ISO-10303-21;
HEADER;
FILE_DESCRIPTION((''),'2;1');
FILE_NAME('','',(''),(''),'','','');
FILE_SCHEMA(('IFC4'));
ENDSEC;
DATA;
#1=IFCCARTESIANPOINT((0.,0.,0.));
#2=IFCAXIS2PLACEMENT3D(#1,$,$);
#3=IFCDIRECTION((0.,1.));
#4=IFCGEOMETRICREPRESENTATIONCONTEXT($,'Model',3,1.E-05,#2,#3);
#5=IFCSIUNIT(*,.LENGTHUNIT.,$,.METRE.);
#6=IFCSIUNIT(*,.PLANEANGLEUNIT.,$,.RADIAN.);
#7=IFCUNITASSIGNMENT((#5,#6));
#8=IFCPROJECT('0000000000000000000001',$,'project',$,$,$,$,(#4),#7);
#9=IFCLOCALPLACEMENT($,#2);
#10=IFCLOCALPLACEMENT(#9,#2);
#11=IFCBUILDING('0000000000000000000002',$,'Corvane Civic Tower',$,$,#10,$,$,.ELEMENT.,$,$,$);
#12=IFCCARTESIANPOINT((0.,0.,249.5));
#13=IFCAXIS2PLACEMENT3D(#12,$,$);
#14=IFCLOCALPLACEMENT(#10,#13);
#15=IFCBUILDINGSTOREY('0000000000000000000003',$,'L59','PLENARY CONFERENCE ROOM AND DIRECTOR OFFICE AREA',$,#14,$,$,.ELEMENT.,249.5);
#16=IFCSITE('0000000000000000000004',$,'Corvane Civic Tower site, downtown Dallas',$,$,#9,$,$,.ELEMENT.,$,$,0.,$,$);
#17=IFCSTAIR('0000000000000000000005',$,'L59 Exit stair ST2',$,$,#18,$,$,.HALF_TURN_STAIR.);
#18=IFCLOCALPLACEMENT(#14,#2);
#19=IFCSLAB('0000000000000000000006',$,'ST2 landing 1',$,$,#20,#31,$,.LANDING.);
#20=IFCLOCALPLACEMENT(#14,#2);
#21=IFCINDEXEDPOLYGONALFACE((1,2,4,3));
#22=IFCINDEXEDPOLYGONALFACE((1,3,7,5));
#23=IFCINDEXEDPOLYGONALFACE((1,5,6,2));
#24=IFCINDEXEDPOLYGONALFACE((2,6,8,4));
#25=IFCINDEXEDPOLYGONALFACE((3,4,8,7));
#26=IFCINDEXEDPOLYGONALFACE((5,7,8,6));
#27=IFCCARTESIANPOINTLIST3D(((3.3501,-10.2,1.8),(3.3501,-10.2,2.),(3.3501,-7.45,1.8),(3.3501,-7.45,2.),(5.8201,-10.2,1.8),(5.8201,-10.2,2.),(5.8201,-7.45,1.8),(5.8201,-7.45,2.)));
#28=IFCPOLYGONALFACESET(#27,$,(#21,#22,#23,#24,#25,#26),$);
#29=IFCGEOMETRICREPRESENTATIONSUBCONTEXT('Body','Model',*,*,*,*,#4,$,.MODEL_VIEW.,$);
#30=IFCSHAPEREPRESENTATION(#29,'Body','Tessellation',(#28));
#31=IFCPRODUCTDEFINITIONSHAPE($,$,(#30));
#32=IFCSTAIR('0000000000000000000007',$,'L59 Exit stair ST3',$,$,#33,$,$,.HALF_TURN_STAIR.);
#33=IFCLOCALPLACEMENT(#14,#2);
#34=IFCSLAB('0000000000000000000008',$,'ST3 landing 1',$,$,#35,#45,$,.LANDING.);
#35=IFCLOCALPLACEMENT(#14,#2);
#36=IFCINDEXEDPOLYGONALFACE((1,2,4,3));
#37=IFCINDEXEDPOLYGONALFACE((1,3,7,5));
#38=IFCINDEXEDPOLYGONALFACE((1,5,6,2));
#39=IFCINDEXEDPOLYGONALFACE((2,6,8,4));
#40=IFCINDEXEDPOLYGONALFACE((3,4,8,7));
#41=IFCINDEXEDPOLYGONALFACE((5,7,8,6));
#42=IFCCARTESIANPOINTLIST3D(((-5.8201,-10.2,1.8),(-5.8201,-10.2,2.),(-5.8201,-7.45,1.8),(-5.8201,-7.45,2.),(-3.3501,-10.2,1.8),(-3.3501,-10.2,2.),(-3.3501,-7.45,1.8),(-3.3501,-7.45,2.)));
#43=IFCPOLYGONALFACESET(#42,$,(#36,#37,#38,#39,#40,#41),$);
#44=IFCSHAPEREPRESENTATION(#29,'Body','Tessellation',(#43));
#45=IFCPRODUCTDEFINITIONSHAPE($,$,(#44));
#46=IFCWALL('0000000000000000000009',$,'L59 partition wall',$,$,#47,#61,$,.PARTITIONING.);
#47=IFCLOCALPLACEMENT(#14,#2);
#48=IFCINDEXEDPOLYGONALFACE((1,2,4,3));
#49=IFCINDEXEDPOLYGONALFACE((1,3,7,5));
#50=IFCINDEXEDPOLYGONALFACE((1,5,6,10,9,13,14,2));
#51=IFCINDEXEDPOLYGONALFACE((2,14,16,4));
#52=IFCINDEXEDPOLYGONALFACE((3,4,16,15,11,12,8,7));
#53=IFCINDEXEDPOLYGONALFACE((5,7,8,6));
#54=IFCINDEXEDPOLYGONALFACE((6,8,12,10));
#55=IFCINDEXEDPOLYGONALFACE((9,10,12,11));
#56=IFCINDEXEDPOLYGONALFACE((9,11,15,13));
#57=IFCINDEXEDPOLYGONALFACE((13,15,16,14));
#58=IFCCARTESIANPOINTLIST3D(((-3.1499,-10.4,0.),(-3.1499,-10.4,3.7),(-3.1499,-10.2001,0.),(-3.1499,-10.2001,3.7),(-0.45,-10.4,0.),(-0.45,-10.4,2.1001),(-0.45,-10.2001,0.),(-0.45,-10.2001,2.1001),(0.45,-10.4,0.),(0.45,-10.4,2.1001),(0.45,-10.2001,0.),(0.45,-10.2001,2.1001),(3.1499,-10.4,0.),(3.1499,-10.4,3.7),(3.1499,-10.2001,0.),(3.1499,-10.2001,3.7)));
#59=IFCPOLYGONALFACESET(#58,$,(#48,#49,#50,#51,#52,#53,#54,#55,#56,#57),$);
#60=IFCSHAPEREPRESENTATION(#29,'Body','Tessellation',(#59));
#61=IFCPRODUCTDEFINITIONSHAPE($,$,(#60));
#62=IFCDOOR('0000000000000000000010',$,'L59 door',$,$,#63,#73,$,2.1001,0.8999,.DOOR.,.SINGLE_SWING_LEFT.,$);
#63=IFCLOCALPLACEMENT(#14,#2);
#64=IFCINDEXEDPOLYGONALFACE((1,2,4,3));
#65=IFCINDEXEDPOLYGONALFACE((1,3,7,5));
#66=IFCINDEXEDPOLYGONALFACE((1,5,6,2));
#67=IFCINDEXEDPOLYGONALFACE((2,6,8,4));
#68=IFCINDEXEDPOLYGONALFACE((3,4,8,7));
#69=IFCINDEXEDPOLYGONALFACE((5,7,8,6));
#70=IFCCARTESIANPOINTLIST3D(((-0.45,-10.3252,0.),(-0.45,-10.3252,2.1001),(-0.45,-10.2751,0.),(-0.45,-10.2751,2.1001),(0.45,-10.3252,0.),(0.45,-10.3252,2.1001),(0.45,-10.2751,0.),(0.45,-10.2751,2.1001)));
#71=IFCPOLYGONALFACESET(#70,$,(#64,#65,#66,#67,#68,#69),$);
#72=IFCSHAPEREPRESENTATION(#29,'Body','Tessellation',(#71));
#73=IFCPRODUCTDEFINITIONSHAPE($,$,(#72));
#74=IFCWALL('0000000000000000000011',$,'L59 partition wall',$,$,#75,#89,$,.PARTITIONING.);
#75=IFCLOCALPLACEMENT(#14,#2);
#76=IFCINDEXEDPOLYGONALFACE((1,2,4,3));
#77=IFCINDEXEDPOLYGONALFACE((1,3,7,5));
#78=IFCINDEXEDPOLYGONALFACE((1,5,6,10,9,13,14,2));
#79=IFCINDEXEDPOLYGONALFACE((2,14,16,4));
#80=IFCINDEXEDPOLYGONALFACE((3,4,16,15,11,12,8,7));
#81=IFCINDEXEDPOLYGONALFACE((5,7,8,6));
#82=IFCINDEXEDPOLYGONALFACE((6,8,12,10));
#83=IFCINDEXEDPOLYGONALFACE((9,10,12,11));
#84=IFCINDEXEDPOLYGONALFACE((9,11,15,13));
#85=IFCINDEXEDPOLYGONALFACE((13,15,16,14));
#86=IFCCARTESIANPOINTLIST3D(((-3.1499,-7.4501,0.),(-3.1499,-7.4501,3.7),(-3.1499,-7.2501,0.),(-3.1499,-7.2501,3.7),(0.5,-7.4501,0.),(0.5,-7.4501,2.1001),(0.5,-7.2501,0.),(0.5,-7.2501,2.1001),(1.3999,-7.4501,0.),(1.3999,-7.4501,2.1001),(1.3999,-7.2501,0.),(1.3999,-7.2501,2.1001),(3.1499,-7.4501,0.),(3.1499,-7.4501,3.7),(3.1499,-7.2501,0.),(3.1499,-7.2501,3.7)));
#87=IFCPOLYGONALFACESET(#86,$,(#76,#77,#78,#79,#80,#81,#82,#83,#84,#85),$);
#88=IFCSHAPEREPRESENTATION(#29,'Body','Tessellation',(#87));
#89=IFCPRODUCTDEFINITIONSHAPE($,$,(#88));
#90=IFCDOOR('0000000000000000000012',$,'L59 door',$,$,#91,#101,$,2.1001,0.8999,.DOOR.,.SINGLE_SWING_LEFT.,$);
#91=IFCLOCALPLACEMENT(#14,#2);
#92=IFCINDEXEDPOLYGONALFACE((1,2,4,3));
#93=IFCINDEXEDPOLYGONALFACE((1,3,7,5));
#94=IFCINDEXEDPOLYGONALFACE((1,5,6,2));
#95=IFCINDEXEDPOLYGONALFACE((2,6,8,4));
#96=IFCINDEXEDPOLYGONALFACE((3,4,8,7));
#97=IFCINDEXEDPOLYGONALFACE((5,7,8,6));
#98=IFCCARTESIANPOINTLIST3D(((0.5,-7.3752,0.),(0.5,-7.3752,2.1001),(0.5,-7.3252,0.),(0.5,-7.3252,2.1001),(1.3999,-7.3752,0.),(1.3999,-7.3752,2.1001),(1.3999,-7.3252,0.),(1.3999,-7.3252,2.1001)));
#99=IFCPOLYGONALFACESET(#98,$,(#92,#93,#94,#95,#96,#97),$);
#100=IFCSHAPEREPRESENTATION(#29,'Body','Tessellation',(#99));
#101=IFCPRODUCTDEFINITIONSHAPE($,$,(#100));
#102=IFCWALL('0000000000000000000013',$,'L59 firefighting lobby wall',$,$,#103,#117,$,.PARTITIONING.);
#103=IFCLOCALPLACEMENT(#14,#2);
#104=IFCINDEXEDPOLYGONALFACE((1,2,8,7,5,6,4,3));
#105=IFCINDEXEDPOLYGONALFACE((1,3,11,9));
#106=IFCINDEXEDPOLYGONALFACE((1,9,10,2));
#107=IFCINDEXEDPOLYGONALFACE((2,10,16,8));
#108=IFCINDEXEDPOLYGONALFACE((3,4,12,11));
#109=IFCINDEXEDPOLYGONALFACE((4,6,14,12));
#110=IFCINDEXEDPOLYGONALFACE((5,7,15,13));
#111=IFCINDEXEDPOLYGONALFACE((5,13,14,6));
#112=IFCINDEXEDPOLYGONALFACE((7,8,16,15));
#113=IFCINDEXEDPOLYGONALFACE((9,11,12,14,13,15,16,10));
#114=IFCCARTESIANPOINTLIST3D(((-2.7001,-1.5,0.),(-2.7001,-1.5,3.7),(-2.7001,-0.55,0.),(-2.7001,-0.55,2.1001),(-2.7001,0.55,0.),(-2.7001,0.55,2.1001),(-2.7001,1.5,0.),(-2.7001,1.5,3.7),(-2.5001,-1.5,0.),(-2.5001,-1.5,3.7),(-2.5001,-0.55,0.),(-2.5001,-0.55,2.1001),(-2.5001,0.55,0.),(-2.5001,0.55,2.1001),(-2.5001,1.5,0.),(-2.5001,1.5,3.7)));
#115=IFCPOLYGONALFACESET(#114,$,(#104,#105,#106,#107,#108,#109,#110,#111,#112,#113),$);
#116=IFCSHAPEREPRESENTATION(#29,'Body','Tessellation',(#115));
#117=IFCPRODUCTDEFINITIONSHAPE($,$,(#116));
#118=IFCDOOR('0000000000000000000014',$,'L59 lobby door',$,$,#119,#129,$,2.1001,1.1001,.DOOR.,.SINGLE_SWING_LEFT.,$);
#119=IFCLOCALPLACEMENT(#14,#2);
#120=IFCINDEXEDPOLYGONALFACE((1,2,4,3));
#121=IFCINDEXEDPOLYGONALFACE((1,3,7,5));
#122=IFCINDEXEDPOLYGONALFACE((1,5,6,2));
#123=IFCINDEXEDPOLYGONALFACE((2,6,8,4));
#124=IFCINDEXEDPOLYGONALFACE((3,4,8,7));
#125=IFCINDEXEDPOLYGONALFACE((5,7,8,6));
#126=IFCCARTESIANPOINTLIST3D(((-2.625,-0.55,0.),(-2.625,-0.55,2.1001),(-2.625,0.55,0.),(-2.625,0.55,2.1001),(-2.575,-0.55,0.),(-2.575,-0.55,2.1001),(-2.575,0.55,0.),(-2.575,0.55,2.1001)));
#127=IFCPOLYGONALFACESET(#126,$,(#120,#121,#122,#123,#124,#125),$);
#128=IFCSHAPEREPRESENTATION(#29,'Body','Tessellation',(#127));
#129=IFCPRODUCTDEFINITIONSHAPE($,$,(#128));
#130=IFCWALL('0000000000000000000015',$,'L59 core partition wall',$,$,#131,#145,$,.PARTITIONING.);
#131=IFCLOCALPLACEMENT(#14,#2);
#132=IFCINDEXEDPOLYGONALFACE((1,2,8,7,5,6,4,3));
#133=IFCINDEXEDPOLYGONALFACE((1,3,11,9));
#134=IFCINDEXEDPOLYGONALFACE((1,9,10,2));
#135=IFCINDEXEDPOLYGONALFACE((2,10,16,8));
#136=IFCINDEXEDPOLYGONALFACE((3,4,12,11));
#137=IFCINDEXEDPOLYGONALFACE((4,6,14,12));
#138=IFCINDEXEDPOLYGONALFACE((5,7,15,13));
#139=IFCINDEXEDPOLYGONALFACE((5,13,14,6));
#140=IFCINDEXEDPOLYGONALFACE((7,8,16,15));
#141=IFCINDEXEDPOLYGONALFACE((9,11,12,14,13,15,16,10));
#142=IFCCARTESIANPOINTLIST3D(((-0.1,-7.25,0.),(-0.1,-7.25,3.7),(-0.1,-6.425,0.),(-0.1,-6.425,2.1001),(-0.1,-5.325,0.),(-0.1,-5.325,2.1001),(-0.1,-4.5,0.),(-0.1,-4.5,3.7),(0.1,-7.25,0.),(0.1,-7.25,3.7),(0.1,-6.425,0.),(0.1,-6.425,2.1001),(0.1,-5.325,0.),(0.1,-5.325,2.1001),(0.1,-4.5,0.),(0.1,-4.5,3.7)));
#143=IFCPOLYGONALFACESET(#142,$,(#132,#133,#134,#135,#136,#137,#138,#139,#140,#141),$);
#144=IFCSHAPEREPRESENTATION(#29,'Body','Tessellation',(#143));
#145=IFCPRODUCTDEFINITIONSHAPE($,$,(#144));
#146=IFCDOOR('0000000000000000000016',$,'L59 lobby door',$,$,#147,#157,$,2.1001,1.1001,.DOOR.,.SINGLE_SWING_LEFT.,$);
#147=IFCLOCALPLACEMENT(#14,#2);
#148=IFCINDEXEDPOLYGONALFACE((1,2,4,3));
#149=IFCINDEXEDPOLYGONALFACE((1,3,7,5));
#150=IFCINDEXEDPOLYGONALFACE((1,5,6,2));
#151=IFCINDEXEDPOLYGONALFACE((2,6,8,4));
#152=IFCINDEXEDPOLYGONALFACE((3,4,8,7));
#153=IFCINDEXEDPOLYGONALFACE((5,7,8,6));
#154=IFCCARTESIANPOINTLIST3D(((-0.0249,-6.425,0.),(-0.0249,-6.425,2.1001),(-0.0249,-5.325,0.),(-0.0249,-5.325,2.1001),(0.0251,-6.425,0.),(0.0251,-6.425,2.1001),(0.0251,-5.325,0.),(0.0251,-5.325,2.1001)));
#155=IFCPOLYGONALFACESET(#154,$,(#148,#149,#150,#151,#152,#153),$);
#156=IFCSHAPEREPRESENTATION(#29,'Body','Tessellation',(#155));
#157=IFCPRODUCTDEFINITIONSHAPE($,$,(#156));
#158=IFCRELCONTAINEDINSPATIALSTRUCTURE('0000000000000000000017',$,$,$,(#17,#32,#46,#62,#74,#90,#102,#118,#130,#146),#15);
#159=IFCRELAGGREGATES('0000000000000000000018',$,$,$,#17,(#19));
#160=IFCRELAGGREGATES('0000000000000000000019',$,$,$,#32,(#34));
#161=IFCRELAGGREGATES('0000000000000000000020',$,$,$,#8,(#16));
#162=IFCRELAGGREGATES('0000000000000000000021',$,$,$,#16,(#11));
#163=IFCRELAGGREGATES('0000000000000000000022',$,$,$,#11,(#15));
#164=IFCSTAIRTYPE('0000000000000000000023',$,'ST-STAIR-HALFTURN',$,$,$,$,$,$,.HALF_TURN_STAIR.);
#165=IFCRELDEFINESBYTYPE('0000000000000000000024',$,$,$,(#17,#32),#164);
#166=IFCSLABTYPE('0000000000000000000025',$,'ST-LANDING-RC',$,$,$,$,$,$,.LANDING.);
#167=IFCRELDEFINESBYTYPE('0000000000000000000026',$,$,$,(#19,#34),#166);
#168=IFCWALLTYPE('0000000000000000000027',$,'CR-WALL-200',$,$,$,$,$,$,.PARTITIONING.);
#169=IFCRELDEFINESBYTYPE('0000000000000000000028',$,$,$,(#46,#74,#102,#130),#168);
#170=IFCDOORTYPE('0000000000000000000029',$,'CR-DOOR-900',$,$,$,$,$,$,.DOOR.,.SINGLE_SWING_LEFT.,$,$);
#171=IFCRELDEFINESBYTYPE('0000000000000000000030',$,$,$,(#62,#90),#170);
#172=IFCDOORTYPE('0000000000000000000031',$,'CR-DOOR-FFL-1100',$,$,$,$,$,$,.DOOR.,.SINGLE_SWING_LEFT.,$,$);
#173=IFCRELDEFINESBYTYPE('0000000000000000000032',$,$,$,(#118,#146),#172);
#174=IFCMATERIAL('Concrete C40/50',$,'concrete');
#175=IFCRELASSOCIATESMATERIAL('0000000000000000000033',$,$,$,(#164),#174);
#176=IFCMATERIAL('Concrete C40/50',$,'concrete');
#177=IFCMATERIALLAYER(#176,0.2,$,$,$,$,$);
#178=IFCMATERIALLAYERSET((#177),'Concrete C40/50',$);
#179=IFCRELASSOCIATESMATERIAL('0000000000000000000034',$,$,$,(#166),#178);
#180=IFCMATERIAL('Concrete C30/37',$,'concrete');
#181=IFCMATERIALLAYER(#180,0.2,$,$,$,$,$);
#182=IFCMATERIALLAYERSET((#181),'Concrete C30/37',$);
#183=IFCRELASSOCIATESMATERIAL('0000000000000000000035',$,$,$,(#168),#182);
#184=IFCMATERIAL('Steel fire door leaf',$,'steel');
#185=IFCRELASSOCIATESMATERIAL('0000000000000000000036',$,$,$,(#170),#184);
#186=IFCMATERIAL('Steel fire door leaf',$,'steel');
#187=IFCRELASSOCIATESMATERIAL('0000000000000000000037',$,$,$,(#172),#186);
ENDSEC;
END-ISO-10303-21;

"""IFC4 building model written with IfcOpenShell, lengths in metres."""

from ifc_helpers import new_model, si_unit, direction, frame, frame_2d, origin, place, context, subcontext, project, spatial, polyline, rectangle, outline, extrude, material, layer, layer_set, type_object, element, fill, aggregate, save


model = new_model("IFC4")

# Units and contexts
model_context = context("Model", 3, precision=1e-05, world=origin(), true_north=direction((0.0, 1.0)))
body_context = subcontext(model_context, "Body", "Model", "MODEL_VIEW")
ifc_project = project(units=[si_unit("LENGTHUNIT", "METRE"), si_unit("PLANEANGLEUNIT", "RADIAN")], contexts=[model_context])

# Site, building, storey
site_placement = place(None, origin())
site = spatial("IfcSite", under=ifc_project, at=site_placement, Name="Corvane Civic Tower site, downtown Dallas", CompositionType="ELEMENT", RefElevation=0.0)
building_placement = place(site_placement, origin())
building = spatial("IfcBuilding", under=site, at=building_placement, Name="Corvane Civic Tower", CompositionType="ELEMENT")
storey_placement = place(building_placement, frame((0.0, 0.0, 249.5)))
storey = spatial("IfcBuildingStorey", under=building, at=storey_placement, Name="L59", Description="PLENARY CONFERENCE ROOM AND DIRECTOR OFFICE AREA", CompositionType="ELEMENT", Elevation=249.5)

# Stairs, slabs
ifc_material_1 = material(Name="Concrete C40/50", Category="concrete")
stair_type = type_object("IfcStairType", Name="ST-STAIR-HALFTURN", PredefinedType="HALF_TURN_STAIR", material=ifc_material_1)
ifc_material_2 = material(Name="Concrete C40/50", Category="concrete")
ifc_layer_1 = layer(ifc_material_2, 0.2)
ifc_layer_set_1 = layer_set([ifc_layer_1], Name="Concrete C40/50")
slab_type_1 = type_object("IfcSlabType", Name="ST-LANDING-RC", PredefinedType="LANDING", material=ifc_layer_set_1)
stair_1_placement = place(storey_placement, origin())
stair_1 = element("IfcStair", 1, at=stair_1_placement, inside=storey, type_object=stair_type, Name="L59 Exit stair ST2", PredefinedType="HALF_TURN_STAIR")
slab_1_placement = place(storey_placement, frame((0.0, 0.0, 1.8)))
slab_1 = element("IfcSlab", 2, at=slab_1_placement, type_object=slab_type_1, Name="ST2 landing 1", PredefinedType="LANDING", context=body_context, shape_type="SweptSolid", body=[
    extrude(outline(polyline([(5.8201, -7.45), (3.3501, -7.45), (3.3501, -10.2), (5.8201, -10.2), (5.8201, -7.45)])), origin(), (0.0, 0.0, 1.0), 0.2),
])
aggregate(stair_1, [slab_1])
stair_2_placement = place(storey_placement, origin())
stair_2 = element("IfcStair", 3, at=stair_2_placement, inside=storey, type_object=stair_type, Name="L59 Exit stair ST3", PredefinedType="HALF_TURN_STAIR")
slab_2_placement = place(storey_placement, frame((0.0, 0.0, 1.8)))
slab_2 = element("IfcSlab", 4, at=slab_2_placement, type_object=slab_type_1, Name="ST3 landing 1", PredefinedType="LANDING", context=body_context, shape_type="SweptSolid", body=[
    extrude(outline(polyline([(-5.8201, -10.2), (-3.3501, -10.2), (-3.3501, -7.45), (-5.8201, -7.45), (-5.8201, -10.2)])), origin(), (0.0, 0.0, 1.0), 0.2),
])

# Walls, openings, doors
ifc_material_3 = material(Name="Concrete C30/37", Category="concrete")
ifc_layer_2 = layer(ifc_material_3, 0.2)
ifc_layer_set_2 = layer_set([ifc_layer_2], Name="Concrete C30/37")
wall_type = type_object("IfcWallType", Name="CR-WALL-200", PredefinedType="PARTITIONING", material=ifc_layer_set_2)
wall_1_placement = place(storey_placement, frame((-3.1499, -10.3, 0.0), z_axis=(0.0, 0.0, 1.0), x_axis=(1.0, 0.0, 0.0)))
wall_1 = element("IfcWall", 5, at=wall_1_placement, inside=storey, type_object=wall_type, Name="L59 partition wall", PredefinedType="PARTITIONING", context=body_context, shape_type="SweptSolid", body=[
    extrude(rectangle(XDim=6.2998, YDim=0.2, at=frame_2d((3.1499, 0.0))), origin(), (0.0, 0.0, 1.0), 3.7),
])
opening_1_placement = place(wall_1_placement, frame((2.7, 0.0, 0.0)))
opening_1 = element("IfcOpeningElement", 6, at=opening_1_placement, cuts=wall_1, PredefinedType="OPENING", context=body_context, shape_type="SweptSolid", body=[
    extrude(rectangle(XDim=0.8999, YDim=2.1001, at=frame_2d((0.45, 1.05))), frame((0.0, 0.1099, 0.0), z_axis=(0.0, -1.0, 0.0), x_axis=(1.0, 0.0, 0.0)), (0.0, 0.0, 1.0), 0.22),
])
ifc_material_4 = material(Name="Steel fire door leaf", Category="steel")
door_type_1 = type_object("IfcDoorType", Name="CR-DOOR-900", OperationType="SINGLE_SWING_LEFT", PredefinedType="DOOR", material=ifc_material_4)
door_1_placement = place(opening_1_placement, origin())
door_1 = element("IfcDoor", 7, at=door_1_placement, inside=storey, type_object=door_type_1, Name="L59 door", OperationType="SINGLE_SWING_LEFT", OverallHeight=2.1001, OverallWidth=0.8999, PredefinedType="DOOR", context=body_context, shape_type="SweptSolid", body=[
    extrude(rectangle(XDim=0.8999, YDim=2.1001, at=frame_2d((0.45, 1.05))), frame((0.0, 0.0249, 0.0), z_axis=(0.0, -1.0, 0.0), x_axis=(1.0, 0.0, 0.0)), (0.0, 0.0, 1.0), 0.05),
])
fill(opening_1, door_1)
wall_2_placement = place(storey_placement, frame((-3.1499, -7.3501, 0.0), z_axis=(0.0, 0.0, 1.0), x_axis=(1.0, 0.0, 0.0)))
wall_2 = element("IfcWall", 8, at=wall_2_placement, inside=storey, type_object=wall_type, Name="L59 partition wall", PredefinedType="PARTITIONING", context=body_context, shape_type="SweptSolid", body=[
    extrude(rectangle(XDim=6.2998, YDim=0.2, at=frame_2d((3.1499, 0.0))), origin(), (0.0, 0.0, 1.0), 3.7),
])
opening_2_placement = place(wall_2_placement, frame((3.6499, 0.0, 0.0)))
opening_2 = element("IfcOpeningElement", 9, at=opening_2_placement, cuts=wall_2, PredefinedType="OPENING", context=body_context, shape_type="SweptSolid", body=[
    extrude(rectangle(XDim=0.8999, YDim=2.1001, at=frame_2d((0.45, 1.05))), frame((0.0, 0.1099, 0.0), z_axis=(0.0, -1.0, 0.0), x_axis=(1.0, 0.0, 0.0)), (0.0, 0.0, 1.0), 0.22),
])
door_2_placement = place(opening_2_placement, origin())
door_2 = element("IfcDoor", 10, at=door_2_placement, inside=storey, type_object=door_type_1, Name="L59 door", OperationType="SINGLE_SWING_LEFT", OverallHeight=2.1001, OverallWidth=0.8999, PredefinedType="DOOR", context=body_context, shape_type="SweptSolid", body=[
    extrude(rectangle(XDim=0.8999, YDim=2.1001, at=frame_2d((0.45, 1.05))), frame((0.0, 0.0249, 0.0), z_axis=(0.0, -1.0, 0.0), x_axis=(1.0, 0.0, 0.0)), (0.0, 0.0, 1.0), 0.05),
])
fill(opening_2, door_2)
wall_3_placement = place(storey_placement, frame((-2.6001, -1.5, 0.0), z_axis=(0.0, 0.0, 1.0), x_axis=(0.0, 1.0, 0.0)))
wall_3 = element("IfcWall", 11, at=wall_3_placement, inside=storey, type_object=wall_type, Name="L59 firefighting lobby wall", PredefinedType="PARTITIONING", context=body_context, shape_type="SweptSolid", body=[
    extrude(rectangle(XDim=3.0, YDim=0.2, at=frame_2d((1.5, 0.0))), origin(), (0.0, 0.0, 1.0), 3.7),
])
opening_3_placement = place(wall_3_placement, frame((0.95, 0.0, 0.0)))
opening_3 = element("IfcOpeningElement", 12, at=opening_3_placement, cuts=wall_3, PredefinedType="OPENING", context=body_context, shape_type="SweptSolid", body=[
    extrude(rectangle(XDim=1.1001, YDim=2.1001, at=frame_2d((0.55, 1.05))), frame((0.0, 0.1099, 0.0), z_axis=(0.0, -1.0, 0.0), x_axis=(1.0, 0.0, 0.0)), (0.0, 0.0, 1.0), 0.22),
])
ifc_material_5 = material(Name="Steel fire door leaf", Category="steel")
door_type_2 = type_object("IfcDoorType", Name="CR-DOOR-FFL-1100", OperationType="SINGLE_SWING_LEFT", PredefinedType="DOOR", material=ifc_material_5)
door_3_placement = place(opening_3_placement, origin())
door_3 = element("IfcDoor", 13, at=door_3_placement, inside=storey, type_object=door_type_2, Name="L59 lobby door", OperationType="SINGLE_SWING_LEFT", OverallHeight=2.1001, OverallWidth=1.1001, PredefinedType="DOOR", context=body_context, shape_type="SweptSolid", body=[
    extrude(rectangle(XDim=1.1001, YDim=2.1001, at=frame_2d((0.55, 1.05))), frame((0.0, 0.0249, 0.0), z_axis=(0.0, -1.0, 0.0), x_axis=(1.0, 0.0, 0.0)), (0.0, 0.0, 1.0), 0.05),
])
fill(opening_3, door_3)
wall_4_placement = place(storey_placement, frame((0.0, -7.25, 0.0), z_axis=(0.0, 0.0, 1.0), x_axis=(0.0, 1.0, 0.0)))
wall_4 = element("IfcWall", 14, at=wall_4_placement, inside=storey, type_object=wall_type, Name="L59 core partition wall", PredefinedType="PARTITIONING", context=body_context, shape_type="SweptSolid", body=[
    extrude(rectangle(XDim=2.75, YDim=0.2, at=frame_2d((1.375, 0.0))), origin(), (0.0, 0.0, 1.0), 3.7),
])
opening_4_placement = place(wall_4_placement, frame((0.825, 0.0, 0.0)))
opening_4 = element("IfcOpeningElement", 15, at=opening_4_placement, cuts=wall_4, PredefinedType="OPENING", context=body_context, shape_type="SweptSolid", body=[
    extrude(rectangle(XDim=1.1001, YDim=2.1001, at=frame_2d((0.55, 1.05))), frame((0.0, 0.1099, 0.0), z_axis=(0.0, -1.0, 0.0), x_axis=(1.0, 0.0, 0.0)), (0.0, 0.0, 1.0), 0.22),
])
door_4_placement = place(opening_4_placement, origin())
door_4 = element("IfcDoor", 16, at=door_4_placement, inside=storey, type_object=door_type_2, Name="L59 lobby door", OperationType="SINGLE_SWING_LEFT", OverallHeight=2.1001, OverallWidth=1.1001, PredefinedType="DOOR", context=body_context, shape_type="SweptSolid", body=[
    extrude(rectangle(XDim=1.1001, YDim=2.1001, at=frame_2d((0.55, 1.05))), frame((0.0, 0.0249, 0.0), z_axis=(0.0, -1.0, 0.0), x_axis=(1.0, 0.0, 0.0)), (0.0, 0.0, 1.0), 0.05),
])
fill(opening_4, door_4)

aggregate(stair_2, [slab_2])

save(model, "model.ifc")
